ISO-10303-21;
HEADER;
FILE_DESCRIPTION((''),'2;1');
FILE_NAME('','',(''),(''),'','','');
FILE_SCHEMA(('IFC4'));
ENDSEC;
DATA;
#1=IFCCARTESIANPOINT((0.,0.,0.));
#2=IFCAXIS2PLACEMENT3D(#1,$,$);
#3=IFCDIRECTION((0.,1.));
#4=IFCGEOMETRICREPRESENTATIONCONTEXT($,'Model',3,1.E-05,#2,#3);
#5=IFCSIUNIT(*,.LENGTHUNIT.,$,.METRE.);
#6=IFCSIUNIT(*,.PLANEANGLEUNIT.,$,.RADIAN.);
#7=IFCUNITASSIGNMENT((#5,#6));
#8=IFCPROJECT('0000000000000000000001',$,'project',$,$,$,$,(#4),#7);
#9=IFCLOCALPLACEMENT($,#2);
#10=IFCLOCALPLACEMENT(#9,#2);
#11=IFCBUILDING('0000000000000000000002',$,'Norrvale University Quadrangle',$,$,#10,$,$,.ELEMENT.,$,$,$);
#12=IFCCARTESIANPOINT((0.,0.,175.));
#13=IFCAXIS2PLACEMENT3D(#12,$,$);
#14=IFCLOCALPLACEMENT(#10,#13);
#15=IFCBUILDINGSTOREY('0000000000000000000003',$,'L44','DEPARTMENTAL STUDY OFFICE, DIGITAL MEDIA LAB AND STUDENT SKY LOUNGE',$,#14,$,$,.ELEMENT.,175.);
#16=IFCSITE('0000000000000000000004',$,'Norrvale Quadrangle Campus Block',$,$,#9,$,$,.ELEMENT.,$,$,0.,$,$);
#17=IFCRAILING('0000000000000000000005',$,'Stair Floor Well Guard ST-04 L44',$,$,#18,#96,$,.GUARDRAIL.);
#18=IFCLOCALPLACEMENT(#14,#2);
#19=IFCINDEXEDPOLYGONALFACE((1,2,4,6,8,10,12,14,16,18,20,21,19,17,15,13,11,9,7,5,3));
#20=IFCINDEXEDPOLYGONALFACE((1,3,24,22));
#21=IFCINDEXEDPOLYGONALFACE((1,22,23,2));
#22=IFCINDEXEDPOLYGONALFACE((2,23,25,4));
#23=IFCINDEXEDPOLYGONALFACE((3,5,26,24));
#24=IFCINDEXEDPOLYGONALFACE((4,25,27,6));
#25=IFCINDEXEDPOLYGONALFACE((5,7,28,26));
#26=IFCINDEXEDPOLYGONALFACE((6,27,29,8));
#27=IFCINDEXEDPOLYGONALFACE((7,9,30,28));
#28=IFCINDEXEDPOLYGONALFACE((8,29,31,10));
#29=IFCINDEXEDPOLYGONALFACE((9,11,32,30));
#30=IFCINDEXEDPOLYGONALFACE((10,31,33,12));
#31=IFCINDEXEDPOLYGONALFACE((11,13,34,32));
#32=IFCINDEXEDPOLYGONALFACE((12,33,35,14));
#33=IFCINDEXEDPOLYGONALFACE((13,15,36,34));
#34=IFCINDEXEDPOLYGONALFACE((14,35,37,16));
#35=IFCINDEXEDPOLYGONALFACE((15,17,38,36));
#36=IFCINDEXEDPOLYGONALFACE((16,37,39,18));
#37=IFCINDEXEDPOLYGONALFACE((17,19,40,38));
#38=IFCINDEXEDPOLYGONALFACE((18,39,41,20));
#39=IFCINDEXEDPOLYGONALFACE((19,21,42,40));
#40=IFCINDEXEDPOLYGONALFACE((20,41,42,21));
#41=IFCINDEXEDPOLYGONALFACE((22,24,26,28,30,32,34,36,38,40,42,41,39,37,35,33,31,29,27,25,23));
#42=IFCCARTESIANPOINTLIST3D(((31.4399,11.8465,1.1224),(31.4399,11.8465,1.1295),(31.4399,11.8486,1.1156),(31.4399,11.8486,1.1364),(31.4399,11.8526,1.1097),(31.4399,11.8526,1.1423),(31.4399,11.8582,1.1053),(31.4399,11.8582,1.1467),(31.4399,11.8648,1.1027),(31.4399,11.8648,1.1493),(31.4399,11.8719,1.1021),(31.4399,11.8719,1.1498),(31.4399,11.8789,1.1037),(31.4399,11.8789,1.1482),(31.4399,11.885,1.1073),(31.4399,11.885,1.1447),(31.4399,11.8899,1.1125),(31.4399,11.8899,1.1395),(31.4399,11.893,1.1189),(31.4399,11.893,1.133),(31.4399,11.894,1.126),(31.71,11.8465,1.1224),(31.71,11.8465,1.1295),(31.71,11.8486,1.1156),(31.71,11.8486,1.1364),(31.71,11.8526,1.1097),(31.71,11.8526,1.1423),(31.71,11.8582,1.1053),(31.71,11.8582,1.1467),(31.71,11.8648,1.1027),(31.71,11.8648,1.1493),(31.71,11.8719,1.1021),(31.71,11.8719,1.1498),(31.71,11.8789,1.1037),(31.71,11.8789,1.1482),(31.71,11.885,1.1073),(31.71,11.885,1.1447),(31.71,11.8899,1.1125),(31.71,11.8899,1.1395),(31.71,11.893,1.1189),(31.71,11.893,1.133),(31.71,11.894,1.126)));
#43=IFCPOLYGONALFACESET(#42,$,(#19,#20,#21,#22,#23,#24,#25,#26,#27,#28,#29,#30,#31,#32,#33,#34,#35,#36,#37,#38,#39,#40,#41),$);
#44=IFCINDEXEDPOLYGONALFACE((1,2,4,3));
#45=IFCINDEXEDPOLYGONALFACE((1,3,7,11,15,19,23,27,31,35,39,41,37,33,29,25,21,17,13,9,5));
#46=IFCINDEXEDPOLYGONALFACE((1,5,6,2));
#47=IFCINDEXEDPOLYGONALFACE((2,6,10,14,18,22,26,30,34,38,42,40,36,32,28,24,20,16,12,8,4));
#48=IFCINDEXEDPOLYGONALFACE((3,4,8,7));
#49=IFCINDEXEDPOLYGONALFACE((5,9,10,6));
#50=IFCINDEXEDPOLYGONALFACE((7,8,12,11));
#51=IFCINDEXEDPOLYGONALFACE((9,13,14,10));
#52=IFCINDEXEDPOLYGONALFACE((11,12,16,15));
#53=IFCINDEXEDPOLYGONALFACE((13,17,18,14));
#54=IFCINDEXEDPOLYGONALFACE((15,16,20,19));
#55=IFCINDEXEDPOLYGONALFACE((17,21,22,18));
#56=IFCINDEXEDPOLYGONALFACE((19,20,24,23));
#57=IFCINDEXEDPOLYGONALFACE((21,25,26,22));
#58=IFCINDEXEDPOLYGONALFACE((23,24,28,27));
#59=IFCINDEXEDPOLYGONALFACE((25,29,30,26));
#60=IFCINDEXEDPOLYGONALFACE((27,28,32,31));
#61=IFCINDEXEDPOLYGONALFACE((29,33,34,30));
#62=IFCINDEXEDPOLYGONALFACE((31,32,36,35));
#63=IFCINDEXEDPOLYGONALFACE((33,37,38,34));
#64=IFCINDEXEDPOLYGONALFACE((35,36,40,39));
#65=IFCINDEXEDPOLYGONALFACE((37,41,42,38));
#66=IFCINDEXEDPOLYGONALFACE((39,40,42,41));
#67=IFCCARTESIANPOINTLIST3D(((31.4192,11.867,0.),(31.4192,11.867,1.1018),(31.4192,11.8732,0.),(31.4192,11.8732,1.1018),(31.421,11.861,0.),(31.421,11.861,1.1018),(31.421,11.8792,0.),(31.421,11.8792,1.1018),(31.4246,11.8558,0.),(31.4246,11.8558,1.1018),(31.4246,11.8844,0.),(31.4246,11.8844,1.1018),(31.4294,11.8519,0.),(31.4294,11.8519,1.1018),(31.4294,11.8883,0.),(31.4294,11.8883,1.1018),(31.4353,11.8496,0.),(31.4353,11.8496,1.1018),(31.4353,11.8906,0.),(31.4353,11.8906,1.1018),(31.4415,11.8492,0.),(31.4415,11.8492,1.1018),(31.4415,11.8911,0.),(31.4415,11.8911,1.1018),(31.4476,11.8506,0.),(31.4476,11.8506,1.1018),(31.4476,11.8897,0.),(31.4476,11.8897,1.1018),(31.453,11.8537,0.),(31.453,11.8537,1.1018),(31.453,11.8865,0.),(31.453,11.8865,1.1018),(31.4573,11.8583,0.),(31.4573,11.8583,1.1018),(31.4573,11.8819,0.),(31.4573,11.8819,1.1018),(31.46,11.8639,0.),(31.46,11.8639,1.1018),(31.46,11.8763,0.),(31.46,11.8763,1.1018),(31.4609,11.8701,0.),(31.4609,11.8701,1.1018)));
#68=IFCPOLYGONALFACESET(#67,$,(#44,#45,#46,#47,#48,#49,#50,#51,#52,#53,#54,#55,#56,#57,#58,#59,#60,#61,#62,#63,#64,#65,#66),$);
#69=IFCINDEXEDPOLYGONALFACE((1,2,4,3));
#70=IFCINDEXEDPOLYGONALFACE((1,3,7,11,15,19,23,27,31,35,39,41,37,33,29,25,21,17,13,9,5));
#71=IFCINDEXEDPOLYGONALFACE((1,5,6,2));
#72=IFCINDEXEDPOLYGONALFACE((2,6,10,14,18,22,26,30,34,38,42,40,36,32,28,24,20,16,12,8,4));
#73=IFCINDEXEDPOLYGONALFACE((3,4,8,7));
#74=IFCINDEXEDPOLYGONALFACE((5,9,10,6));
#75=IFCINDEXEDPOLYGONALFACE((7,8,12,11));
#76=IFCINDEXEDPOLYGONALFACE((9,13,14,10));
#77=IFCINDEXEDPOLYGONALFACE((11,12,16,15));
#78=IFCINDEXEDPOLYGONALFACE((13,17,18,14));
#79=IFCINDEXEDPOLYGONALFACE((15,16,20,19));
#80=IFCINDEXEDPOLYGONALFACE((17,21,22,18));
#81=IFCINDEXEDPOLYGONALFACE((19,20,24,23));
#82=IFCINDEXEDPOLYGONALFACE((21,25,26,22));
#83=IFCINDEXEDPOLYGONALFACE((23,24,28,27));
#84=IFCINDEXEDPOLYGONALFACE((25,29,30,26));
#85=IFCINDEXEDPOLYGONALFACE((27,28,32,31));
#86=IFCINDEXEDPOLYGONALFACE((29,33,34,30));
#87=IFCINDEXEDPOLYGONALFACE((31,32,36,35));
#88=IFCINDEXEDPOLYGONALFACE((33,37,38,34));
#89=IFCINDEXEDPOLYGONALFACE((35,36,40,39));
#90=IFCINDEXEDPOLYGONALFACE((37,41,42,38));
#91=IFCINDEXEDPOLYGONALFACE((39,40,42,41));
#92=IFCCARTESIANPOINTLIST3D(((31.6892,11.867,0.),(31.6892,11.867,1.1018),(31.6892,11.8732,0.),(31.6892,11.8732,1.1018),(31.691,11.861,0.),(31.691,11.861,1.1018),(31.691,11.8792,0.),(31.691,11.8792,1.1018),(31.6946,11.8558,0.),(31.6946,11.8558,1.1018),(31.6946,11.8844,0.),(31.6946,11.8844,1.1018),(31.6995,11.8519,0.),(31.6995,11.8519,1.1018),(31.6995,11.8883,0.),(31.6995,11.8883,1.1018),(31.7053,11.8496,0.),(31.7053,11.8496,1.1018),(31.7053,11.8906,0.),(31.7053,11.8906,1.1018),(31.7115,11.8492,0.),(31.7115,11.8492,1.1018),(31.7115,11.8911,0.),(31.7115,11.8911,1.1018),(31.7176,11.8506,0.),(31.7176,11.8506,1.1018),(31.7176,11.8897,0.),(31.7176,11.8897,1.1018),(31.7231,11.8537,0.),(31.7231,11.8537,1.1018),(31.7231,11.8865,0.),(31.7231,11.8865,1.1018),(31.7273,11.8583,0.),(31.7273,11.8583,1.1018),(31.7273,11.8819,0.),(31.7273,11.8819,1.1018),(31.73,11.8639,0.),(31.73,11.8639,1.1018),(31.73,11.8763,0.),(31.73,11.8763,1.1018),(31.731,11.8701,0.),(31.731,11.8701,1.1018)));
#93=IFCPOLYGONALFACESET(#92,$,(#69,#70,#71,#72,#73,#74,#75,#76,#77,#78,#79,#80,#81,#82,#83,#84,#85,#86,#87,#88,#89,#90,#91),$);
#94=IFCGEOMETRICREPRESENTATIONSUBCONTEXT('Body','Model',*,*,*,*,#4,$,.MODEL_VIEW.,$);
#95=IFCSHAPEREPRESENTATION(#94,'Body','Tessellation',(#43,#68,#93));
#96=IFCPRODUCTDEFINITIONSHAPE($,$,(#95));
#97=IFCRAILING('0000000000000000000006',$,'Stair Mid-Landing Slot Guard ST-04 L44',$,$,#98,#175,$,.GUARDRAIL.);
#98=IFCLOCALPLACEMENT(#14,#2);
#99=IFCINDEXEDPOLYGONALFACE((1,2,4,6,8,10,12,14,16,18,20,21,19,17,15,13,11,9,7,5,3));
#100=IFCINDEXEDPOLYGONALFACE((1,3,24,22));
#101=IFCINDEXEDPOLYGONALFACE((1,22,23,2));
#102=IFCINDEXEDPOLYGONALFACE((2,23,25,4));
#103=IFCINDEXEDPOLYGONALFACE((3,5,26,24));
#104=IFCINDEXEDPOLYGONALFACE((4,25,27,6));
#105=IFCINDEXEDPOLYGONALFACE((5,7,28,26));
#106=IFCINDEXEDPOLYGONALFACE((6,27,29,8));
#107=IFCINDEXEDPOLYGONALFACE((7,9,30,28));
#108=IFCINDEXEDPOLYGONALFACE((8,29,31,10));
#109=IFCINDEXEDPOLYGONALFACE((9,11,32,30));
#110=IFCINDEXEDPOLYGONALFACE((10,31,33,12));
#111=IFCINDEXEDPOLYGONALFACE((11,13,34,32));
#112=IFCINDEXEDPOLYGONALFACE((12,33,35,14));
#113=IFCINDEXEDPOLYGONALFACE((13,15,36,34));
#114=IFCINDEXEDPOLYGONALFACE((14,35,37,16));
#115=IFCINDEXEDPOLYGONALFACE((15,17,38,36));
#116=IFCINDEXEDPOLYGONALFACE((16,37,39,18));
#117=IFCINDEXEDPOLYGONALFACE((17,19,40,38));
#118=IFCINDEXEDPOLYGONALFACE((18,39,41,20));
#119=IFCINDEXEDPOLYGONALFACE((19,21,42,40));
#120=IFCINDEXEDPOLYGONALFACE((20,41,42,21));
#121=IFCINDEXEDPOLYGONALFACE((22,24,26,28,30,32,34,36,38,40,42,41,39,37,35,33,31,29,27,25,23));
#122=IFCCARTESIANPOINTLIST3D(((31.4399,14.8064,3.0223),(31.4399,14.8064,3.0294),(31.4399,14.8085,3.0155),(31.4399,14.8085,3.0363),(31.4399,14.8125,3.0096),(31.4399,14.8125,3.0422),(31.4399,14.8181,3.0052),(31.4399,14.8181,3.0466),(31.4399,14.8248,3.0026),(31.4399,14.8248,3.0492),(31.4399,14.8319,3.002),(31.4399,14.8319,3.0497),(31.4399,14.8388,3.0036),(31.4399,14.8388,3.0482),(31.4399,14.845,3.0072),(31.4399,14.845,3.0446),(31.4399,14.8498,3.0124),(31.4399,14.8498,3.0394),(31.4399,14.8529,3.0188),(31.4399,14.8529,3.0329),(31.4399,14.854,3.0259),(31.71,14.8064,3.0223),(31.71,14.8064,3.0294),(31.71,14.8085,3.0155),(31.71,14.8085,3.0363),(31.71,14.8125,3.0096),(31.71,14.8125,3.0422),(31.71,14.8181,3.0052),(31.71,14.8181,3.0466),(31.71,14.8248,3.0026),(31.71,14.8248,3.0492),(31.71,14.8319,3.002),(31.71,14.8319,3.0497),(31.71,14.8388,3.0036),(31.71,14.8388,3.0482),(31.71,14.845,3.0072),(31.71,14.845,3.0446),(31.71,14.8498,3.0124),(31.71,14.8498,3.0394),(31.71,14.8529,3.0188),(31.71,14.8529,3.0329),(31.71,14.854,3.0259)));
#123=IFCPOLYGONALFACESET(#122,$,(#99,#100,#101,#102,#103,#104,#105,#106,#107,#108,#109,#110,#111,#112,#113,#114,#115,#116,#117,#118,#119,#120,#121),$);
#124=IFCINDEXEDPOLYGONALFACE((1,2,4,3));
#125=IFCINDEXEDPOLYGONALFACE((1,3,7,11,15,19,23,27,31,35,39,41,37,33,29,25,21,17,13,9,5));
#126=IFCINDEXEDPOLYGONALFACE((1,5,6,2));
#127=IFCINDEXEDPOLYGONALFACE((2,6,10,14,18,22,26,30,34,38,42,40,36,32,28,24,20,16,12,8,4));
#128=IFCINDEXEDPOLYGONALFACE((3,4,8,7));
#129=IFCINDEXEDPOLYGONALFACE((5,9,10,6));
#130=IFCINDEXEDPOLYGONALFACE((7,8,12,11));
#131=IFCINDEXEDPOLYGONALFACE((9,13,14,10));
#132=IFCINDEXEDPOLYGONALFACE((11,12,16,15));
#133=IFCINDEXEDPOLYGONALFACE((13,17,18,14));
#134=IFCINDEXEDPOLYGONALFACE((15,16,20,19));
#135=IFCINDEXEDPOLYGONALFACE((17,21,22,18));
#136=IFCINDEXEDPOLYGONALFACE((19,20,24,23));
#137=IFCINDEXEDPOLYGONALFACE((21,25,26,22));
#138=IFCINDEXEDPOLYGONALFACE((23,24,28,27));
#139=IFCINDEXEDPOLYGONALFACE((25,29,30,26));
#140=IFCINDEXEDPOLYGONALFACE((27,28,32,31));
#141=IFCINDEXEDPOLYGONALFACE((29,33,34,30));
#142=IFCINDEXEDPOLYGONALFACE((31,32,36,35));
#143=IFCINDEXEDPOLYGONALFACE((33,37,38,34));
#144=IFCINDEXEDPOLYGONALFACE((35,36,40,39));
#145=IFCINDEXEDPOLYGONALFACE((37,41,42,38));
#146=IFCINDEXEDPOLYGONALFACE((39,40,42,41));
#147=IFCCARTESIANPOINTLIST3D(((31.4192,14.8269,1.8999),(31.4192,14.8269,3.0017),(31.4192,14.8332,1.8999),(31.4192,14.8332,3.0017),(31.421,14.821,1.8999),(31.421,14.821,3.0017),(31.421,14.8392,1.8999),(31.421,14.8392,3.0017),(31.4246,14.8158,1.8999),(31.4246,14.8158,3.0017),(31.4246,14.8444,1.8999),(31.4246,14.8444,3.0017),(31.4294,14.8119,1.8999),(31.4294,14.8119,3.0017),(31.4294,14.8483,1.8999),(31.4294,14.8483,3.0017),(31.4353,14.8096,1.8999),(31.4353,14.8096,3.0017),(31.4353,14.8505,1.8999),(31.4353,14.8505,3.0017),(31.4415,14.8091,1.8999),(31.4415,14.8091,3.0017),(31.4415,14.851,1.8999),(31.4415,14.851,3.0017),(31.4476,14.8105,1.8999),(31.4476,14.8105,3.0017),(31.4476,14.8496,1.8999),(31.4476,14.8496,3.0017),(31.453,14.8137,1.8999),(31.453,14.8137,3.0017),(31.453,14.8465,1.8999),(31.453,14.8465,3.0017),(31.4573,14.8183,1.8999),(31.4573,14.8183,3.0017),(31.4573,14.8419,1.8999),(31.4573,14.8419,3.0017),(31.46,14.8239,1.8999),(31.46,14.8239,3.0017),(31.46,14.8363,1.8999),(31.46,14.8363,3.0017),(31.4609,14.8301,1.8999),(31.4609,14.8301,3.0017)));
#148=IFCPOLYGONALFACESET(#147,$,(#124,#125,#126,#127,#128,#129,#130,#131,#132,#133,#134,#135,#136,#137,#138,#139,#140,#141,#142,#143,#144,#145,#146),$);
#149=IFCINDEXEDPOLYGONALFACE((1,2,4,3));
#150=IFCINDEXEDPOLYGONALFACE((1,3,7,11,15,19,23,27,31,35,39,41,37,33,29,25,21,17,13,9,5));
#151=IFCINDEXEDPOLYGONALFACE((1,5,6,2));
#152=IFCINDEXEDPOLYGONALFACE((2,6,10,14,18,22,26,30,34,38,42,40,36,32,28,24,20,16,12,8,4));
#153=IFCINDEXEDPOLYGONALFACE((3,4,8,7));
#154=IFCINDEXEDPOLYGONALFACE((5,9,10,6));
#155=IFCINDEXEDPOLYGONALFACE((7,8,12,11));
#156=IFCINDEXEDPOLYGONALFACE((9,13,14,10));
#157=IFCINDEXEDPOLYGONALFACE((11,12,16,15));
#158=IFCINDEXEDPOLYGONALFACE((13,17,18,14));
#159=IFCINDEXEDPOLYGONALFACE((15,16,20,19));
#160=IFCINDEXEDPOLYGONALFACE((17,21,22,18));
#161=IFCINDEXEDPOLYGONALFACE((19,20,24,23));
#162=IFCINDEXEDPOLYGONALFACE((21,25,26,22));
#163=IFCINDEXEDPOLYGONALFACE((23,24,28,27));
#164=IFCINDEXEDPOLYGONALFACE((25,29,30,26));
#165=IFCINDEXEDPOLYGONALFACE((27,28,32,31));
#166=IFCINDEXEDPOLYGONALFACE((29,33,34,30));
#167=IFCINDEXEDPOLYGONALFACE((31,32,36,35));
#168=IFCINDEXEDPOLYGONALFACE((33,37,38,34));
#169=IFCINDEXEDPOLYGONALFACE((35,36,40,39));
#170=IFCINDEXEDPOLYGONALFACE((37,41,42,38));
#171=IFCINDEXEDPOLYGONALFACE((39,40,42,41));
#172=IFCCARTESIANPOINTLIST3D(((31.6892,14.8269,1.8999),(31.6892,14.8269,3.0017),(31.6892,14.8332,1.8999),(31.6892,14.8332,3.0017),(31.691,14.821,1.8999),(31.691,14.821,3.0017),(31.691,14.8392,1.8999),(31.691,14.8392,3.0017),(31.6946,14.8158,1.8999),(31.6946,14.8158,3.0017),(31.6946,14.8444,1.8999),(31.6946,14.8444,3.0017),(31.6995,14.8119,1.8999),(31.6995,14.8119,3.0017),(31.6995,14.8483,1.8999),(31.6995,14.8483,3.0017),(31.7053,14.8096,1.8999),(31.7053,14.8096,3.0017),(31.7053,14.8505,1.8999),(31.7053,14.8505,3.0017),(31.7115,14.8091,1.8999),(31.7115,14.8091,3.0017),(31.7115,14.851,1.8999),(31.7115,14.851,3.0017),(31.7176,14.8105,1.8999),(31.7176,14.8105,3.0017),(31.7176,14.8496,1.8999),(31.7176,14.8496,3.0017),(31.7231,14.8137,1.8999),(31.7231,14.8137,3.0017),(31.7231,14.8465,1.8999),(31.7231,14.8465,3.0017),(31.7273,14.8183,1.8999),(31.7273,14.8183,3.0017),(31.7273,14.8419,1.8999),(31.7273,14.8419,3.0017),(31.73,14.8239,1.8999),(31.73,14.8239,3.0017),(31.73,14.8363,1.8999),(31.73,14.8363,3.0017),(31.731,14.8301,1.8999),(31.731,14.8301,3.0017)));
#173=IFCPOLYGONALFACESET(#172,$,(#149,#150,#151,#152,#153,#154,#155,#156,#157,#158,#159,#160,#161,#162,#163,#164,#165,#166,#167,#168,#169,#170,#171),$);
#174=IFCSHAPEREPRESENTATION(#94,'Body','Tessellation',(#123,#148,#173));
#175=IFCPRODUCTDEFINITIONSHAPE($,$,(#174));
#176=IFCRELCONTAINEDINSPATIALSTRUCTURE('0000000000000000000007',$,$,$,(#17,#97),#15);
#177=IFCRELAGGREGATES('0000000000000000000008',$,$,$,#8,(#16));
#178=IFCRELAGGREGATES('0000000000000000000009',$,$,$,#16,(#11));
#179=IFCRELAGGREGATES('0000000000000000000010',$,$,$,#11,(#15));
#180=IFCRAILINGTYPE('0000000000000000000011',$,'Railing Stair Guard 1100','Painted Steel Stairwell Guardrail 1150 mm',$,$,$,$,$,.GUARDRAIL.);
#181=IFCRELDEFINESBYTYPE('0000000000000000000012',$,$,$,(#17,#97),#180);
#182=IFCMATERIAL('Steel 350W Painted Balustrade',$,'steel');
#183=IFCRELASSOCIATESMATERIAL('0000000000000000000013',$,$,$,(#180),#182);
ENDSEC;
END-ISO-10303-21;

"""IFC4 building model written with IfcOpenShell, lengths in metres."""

from ifc_helpers import new_model, si_unit, direction, frame, origin, origin_2d, place, context, subcontext, project, spatial, circle, extrude, material, type_object, element, save


model = new_model("IFC4")

# Units and contexts
model_context = context("Model", 3, precision=1e-05, world=origin(), true_north=direction((0.0, 1.0)))
body_context = subcontext(model_context, "Body", "Model", "MODEL_VIEW")
ifc_project = project(units=[si_unit("LENGTHUNIT", "METRE"), si_unit("PLANEANGLEUNIT", "RADIAN")], contexts=[model_context])

# Site, building, storey
site_placement = place(None, origin())
site = spatial("IfcSite", under=ifc_project, at=site_placement, Name="Norrvale Quadrangle Campus Block", CompositionType="ELEMENT", RefElevation=0.0)
building_placement = place(site_placement, origin())
building = spatial("IfcBuilding", under=site, at=building_placement, Name="Norrvale University Quadrangle", CompositionType="ELEMENT")
storey_placement = place(building_placement, frame((0.0, 0.0, 175.0)))
storey = spatial("IfcBuildingStorey", under=building, at=storey_placement, Name="L44", Description="DEPARTMENTAL STUDY OFFICE, DIGITAL MEDIA LAB AND STUDENT SKY LOUNGE", CompositionType="ELEMENT", Elevation=175.0)

# Railings
ifc_material_1 = material(Name="Steel 350W Painted Balustrade", Category="steel")
railing_type_1 = type_object("IfcRailingType", Name="Railing Stair Guard 1100", Description="Painted Steel Stairwell Guardrail 1150 mm", PredefinedType="GUARDRAIL", material=ifc_material_1)
for number, where, name in (
    (1, (31.4399, 11.8701, 0.0), "Stair Floor Well Guard ST-04 L44"),
    (2, (31.4399, 14.8301, 1.8999), "Stair Mid-Landing Slot Guard ST-04 L44"),
):
    element("IfcRailing", number, at=place(storey_placement, frame(where)), inside=storey, type_object=railing_type_1, Name=name, PredefinedType="GUARDRAIL", context=body_context, shape_type="SweptSolid", body=[
        extrude(circle(Radius=0.0239, at=origin_2d()), frame((0.0, 0.0, 1.126), z_axis=(1.0, 0.0, 0.0), x_axis=(0.0, 1.0, 0.0)), (0.0, 0.0, 1.0), 0.27),
        extrude(circle(Radius=0.021, at=origin_2d()), origin(), (0.0, 0.0, 1.0), 1.1018),
        extrude(circle(Radius=0.021, at=origin_2d()), frame((0.27, 0.0, 0.0)), (0.0, 0.0, 1.0), 1.1018),
    ])

save(model, "model.ifc")
